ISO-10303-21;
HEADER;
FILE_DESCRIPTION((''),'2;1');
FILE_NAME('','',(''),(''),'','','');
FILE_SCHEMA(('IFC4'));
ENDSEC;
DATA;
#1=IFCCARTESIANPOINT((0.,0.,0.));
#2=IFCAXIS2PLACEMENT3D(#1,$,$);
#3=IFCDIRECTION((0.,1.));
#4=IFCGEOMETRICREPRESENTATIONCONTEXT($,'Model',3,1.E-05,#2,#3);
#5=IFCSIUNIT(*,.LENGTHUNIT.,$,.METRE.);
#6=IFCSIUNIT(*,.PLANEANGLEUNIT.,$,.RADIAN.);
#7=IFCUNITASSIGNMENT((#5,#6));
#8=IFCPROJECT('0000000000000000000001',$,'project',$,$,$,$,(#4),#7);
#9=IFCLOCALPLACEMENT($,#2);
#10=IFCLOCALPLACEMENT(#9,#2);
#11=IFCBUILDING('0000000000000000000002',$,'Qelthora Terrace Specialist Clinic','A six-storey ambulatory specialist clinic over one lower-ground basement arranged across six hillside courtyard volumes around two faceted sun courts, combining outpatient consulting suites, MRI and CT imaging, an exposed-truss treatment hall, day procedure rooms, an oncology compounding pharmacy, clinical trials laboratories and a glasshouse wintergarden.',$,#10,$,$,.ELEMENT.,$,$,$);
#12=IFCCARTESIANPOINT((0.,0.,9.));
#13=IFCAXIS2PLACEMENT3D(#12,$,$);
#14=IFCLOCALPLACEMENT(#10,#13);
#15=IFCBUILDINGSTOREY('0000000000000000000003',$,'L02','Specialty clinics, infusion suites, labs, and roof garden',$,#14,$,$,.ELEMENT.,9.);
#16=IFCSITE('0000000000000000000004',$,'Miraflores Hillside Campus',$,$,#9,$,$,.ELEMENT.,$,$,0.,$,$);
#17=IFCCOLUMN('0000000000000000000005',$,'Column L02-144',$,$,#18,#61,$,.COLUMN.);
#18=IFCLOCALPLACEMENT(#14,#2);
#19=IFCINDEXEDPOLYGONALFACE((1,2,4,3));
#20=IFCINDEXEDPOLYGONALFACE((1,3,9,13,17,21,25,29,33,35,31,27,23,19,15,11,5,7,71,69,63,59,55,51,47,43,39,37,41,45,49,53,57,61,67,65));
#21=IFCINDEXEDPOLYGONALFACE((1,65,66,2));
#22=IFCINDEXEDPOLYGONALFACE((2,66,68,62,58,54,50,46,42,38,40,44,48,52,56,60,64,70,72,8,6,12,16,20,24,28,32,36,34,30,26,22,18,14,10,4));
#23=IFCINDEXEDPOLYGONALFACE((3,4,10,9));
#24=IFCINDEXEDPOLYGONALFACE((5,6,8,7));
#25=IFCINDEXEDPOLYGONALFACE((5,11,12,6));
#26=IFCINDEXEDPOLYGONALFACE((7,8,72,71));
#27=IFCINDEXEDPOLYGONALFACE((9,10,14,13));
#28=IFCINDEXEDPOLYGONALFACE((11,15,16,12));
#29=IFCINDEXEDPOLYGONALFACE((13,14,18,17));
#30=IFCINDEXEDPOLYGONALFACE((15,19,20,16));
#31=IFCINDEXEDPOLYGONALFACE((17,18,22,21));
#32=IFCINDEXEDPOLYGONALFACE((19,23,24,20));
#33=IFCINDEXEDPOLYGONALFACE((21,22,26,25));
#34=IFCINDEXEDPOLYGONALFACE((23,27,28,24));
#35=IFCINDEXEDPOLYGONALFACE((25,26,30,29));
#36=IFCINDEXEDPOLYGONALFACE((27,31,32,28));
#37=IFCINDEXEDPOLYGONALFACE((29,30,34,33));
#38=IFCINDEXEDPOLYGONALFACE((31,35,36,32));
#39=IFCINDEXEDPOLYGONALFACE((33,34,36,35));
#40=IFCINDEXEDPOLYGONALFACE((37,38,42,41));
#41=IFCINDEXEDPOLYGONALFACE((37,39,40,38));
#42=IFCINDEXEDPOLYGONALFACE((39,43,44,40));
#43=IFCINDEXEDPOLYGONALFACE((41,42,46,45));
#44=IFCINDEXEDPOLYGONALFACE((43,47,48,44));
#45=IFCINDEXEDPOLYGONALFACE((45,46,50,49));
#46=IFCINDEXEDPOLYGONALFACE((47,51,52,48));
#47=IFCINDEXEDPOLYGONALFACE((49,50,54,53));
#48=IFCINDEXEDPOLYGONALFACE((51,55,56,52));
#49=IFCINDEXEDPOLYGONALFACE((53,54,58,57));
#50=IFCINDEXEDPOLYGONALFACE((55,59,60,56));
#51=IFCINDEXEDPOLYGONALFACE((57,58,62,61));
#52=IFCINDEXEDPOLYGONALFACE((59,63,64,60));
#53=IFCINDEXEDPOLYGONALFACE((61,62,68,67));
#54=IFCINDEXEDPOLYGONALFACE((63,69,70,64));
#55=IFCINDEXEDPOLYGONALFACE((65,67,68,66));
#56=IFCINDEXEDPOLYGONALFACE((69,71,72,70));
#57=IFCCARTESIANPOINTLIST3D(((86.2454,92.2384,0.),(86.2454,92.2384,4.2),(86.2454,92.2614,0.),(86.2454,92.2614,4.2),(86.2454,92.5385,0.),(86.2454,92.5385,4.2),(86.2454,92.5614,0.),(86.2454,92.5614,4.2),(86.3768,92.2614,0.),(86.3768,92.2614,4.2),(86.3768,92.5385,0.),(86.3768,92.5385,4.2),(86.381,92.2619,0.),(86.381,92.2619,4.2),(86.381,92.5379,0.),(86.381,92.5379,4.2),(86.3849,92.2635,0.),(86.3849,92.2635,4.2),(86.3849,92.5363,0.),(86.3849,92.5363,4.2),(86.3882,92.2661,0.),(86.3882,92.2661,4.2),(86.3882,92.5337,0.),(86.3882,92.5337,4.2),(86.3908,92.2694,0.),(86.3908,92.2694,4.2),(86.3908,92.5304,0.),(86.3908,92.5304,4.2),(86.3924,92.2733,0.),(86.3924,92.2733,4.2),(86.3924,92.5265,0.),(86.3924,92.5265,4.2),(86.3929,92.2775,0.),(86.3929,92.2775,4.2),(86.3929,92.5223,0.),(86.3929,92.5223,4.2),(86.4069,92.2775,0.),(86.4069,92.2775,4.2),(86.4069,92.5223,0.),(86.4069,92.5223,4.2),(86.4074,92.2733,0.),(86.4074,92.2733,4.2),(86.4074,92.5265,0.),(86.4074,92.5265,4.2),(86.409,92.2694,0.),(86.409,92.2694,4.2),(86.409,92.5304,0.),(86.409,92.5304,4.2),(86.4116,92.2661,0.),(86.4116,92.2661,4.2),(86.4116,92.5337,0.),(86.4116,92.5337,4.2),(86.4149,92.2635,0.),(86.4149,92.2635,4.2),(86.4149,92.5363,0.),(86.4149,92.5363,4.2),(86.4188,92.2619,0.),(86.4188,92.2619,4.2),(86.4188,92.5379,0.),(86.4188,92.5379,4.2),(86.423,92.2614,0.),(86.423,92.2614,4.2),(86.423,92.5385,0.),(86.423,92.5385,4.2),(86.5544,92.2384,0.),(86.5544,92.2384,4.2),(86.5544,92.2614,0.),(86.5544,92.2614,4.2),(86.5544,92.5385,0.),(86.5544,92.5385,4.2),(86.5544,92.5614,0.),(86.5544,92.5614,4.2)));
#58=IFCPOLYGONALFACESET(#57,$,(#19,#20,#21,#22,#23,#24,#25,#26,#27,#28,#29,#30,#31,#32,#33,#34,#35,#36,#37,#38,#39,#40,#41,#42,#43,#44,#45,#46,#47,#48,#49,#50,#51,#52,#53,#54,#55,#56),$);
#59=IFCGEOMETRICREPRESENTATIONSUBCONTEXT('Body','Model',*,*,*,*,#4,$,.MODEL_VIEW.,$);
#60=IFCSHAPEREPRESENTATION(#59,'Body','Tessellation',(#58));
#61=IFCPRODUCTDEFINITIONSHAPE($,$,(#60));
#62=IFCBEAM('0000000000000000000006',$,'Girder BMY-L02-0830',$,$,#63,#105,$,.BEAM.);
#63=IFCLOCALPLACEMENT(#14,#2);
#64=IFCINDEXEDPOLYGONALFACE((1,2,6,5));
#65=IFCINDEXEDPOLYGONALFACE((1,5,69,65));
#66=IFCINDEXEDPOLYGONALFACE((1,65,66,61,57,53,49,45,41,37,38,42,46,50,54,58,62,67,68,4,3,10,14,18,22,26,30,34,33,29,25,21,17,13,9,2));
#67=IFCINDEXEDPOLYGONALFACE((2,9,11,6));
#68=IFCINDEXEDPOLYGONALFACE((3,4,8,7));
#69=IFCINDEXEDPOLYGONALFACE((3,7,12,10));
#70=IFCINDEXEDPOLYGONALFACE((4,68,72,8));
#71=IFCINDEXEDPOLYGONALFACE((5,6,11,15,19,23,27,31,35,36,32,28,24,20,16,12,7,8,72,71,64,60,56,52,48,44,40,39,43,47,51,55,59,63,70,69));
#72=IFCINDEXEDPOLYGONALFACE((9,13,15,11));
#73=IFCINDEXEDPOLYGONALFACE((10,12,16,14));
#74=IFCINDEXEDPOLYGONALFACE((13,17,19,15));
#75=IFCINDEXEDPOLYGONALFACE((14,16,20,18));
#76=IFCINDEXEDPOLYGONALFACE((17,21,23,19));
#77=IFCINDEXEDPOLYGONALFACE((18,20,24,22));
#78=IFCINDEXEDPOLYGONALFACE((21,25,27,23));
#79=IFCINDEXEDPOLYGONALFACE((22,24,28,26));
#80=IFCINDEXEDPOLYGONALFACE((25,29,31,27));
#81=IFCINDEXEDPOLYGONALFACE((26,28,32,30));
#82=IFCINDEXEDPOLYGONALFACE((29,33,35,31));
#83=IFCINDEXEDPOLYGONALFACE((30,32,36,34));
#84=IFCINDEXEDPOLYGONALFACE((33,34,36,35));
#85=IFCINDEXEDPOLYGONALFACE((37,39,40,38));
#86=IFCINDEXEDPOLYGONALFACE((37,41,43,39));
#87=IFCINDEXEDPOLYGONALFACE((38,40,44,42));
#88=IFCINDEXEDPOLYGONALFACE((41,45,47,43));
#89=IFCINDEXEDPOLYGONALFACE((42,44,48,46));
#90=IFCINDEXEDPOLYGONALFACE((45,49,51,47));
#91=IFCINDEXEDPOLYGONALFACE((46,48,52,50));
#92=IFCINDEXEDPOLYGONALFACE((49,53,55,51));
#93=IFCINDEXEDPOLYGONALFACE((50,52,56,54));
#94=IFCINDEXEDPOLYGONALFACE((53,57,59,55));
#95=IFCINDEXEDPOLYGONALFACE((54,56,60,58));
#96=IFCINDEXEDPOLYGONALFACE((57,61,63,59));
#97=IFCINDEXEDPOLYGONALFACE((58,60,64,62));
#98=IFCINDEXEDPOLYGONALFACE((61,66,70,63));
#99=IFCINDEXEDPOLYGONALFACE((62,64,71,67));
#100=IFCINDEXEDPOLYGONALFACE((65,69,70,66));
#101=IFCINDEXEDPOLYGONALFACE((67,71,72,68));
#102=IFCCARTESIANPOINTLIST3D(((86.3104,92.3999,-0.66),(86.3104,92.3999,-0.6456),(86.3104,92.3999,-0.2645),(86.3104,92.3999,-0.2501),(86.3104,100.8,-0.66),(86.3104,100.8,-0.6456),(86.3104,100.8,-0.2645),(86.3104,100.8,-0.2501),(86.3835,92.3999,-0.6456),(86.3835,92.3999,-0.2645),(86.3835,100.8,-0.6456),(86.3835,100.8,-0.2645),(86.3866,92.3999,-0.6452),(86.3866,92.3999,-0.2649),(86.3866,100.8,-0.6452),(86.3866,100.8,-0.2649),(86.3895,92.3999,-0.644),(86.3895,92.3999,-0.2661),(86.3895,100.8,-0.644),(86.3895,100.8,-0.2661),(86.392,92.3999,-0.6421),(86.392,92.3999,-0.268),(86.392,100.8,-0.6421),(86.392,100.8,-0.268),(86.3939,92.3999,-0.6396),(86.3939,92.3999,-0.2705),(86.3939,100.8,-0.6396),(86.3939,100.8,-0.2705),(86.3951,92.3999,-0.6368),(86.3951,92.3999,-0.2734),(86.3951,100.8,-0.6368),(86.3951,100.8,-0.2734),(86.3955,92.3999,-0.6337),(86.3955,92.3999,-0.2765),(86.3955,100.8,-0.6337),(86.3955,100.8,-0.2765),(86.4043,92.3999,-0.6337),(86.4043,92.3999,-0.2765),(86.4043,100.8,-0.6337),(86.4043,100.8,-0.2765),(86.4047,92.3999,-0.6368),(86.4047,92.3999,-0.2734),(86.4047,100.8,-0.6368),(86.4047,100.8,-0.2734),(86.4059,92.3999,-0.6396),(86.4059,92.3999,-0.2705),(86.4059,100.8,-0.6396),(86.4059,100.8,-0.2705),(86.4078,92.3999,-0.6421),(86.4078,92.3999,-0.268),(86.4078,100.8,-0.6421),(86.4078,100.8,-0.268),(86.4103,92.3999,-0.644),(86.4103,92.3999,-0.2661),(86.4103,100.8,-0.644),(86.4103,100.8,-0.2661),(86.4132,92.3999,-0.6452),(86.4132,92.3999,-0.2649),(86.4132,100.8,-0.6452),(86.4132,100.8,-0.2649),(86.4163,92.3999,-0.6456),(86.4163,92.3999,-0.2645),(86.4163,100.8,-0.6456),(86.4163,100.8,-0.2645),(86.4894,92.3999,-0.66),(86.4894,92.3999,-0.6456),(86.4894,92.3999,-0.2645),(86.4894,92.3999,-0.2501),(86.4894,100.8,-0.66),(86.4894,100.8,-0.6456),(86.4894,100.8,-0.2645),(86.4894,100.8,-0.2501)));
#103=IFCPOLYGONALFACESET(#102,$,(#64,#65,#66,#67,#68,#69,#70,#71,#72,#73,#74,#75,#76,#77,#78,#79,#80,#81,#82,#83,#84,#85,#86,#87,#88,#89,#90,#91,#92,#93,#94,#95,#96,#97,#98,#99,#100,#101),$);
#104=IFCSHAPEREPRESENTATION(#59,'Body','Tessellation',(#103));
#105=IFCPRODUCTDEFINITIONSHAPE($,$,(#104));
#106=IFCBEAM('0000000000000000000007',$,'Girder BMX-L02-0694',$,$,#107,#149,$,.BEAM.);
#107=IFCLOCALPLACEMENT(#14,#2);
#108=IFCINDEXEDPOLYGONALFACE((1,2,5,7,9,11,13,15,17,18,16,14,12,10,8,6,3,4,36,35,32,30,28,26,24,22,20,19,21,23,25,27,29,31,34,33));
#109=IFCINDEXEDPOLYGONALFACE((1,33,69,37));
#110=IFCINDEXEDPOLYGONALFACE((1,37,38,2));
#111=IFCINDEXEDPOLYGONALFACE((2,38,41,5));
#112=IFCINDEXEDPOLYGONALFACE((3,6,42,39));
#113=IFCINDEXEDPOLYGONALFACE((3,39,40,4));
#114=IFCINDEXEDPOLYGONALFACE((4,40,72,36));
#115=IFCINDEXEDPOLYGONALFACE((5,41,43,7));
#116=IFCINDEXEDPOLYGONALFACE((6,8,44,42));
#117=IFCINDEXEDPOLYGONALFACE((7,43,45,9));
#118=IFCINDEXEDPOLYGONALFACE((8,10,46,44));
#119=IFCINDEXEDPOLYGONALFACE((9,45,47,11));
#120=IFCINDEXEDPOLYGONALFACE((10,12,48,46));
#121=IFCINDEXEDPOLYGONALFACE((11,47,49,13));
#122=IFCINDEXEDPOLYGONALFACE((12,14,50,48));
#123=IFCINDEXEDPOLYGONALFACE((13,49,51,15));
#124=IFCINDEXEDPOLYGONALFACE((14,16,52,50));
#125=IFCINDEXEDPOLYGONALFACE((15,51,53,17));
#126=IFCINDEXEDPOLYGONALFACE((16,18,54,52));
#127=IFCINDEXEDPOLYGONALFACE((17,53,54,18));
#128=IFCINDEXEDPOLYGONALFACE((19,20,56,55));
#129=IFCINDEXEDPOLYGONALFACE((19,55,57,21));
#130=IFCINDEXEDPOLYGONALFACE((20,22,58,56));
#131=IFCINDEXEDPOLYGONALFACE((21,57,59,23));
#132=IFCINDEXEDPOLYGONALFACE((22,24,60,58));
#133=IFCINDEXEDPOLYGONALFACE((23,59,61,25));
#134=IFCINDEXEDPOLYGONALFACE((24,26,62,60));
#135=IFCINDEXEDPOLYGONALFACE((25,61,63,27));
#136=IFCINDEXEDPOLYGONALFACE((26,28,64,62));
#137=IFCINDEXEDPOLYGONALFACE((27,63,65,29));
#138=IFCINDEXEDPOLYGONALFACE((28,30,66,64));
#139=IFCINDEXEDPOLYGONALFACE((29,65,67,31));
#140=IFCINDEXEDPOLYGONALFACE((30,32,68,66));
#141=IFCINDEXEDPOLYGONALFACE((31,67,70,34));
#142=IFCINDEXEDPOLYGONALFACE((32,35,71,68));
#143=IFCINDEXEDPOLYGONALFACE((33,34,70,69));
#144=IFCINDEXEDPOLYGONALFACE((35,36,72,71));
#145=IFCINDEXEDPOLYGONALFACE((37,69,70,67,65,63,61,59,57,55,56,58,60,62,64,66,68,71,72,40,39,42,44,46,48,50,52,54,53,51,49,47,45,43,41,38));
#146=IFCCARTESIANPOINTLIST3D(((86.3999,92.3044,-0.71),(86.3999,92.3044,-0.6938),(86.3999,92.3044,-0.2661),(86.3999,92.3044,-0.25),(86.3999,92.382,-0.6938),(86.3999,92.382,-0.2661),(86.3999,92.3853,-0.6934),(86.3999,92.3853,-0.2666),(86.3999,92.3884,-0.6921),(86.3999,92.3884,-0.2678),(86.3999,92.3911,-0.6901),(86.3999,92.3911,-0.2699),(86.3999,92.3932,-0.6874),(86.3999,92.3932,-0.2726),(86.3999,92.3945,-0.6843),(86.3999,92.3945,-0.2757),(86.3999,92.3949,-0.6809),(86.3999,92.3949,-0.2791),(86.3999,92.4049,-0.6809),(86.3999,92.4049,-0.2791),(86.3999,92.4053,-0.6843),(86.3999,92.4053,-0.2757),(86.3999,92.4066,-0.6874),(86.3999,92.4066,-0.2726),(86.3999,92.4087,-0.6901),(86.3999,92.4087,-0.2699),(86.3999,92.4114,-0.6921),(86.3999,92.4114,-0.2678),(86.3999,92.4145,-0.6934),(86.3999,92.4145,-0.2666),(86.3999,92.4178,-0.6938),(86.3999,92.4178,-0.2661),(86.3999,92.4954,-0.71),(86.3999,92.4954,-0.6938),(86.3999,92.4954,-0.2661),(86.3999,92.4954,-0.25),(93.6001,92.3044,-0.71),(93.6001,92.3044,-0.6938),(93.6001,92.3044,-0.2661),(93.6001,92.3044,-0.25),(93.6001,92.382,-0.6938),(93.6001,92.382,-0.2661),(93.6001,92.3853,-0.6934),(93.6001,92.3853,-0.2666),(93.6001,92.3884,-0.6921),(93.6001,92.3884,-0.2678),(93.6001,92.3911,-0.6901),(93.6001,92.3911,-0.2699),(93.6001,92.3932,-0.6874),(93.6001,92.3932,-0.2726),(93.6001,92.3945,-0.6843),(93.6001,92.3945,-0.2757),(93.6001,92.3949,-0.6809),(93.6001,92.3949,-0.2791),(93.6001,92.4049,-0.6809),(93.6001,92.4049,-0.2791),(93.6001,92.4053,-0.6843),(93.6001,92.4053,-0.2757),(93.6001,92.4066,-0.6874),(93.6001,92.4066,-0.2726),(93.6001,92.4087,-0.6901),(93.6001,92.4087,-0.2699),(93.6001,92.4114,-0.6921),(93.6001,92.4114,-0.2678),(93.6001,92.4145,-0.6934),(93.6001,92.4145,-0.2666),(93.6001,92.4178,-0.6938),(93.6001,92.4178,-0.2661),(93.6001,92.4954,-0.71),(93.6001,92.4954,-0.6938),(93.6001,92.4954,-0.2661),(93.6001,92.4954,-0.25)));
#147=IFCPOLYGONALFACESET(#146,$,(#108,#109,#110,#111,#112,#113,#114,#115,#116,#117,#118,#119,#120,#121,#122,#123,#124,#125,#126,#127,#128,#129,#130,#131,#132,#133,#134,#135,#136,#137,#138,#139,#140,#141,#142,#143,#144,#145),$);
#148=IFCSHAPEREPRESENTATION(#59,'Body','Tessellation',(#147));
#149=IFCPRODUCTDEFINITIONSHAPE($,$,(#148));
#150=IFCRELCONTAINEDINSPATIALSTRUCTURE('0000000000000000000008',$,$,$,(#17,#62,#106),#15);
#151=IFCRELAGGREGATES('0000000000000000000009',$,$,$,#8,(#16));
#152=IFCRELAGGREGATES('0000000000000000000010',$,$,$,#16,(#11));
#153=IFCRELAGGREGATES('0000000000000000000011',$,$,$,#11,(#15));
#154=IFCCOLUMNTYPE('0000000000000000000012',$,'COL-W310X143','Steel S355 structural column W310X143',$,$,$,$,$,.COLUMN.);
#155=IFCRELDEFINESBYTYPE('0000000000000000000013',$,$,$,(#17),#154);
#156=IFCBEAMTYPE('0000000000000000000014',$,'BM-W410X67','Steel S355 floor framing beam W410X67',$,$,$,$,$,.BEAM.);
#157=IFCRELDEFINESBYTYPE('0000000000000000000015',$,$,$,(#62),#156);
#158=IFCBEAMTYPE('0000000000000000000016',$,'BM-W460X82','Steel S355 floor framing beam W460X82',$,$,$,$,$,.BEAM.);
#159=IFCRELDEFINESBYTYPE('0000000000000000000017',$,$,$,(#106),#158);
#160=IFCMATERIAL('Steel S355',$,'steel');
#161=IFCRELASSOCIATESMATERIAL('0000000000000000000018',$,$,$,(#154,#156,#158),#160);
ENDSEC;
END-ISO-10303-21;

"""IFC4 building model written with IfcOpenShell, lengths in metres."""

from ifc_helpers import new_model, si_unit, direction, frame, origin, origin_2d, place, context, subcontext, project, spatial, i_section, extrude, material, material_profile, profile_set, type_object, element, save


model = new_model("IFC4")

# Units and contexts
model_context = context("Model", 3, precision=1e-05, world=origin(), true_north=direction((0.0, 1.0)))
body_context = subcontext(model_context, "Body", "Model", "MODEL_VIEW")
ifc_project = project(units=[si_unit("LENGTHUNIT", "METRE"), si_unit("PLANEANGLEUNIT", "RADIAN")], contexts=[model_context])

# Site, building, storey
site_placement = place(None, origin())
site = spatial("IfcSite", under=ifc_project, at=site_placement, Name="Miraflores Hillside Campus", CompositionType="ELEMENT", RefElevation=0.0)
building_placement = place(site_placement, origin())
building = spatial("IfcBuilding", under=site, at=building_placement, Name="Qelthora Terrace Specialist Clinic", Description="A six-storey ambulatory specialist clinic over one lower-ground basement arranged across six hillside courtyard volumes around two faceted sun courts, combining outpatient consulting suites, MRI and CT imaging, an exposed-truss treatment hall, day procedure rooms, an oncology compounding pharmacy, clinical trials laboratories and a glasshouse wintergarden.", CompositionType="ELEMENT")
storey_placement = place(building_placement, frame((0.0, 0.0, 9.0)))
storey = spatial("IfcBuildingStorey", under=building, at=storey_placement, Name="L02", Description="Specialty clinics, infusion suites, labs, and roof garden", CompositionType="ELEMENT", Elevation=9.0)

# Column
ifc_material_1 = material(Name="Steel S355", Category="steel")
ifc_material_profile_1 = material_profile(ifc_material_1, i_section(OverallWidth=0.3091, OverallDepth=0.323, WebThickness=0.0139, FlangeThickness=0.0229, FilletRadius=0.0161, at=origin_2d()), Name="W310X143")
ifc_profile_set_1 = profile_set([ifc_material_profile_1], Name="Steel S355")
column_type = type_object("IfcColumnType", Name="COL-W310X143", Description="Steel S355 structural column W310X143", PredefinedType="COLUMN", material=ifc_profile_set_1)
column_placement = place(storey_placement, frame((86.3999, 92.3999, 0.0), z_axis=(0.0, 0.0, 1.0), x_axis=(1.0, 0.0, 0.0)))
element("IfcColumn", 1, at=column_placement, inside=storey, type_object=column_type, Name="Column L02-144", PredefinedType="COLUMN", context=body_context, shape_type="SweptSolid", body=[
    extrude(i_section(OverallWidth=0.3091, OverallDepth=0.323, WebThickness=0.0139, FlangeThickness=0.0229, FilletRadius=0.0161, at=origin_2d()), origin(), (0.0, 0.0, 1.0), 4.2),
])

# Beams
ifc_material_profile_2 = material_profile(ifc_material_1, i_section(OverallWidth=0.179, OverallDepth=0.4099, WebThickness=0.0088, FlangeThickness=0.0144, FilletRadius=0.012, at=origin_2d()), Name="W410X67")
ifc_profile_set_2 = profile_set([ifc_material_profile_2], Name="Steel S355")
beam_type_1 = type_object("IfcBeamType", Name="BM-W410X67", Description="Steel S355 floor framing beam W410X67", PredefinedType="BEAM", material=ifc_profile_set_2)
beam_1_placement = place(storey_placement, frame((86.3999, 92.3999, -0.4551), z_axis=(0.0, 1.0, 0.0), x_axis=(-1.0, 0.0, 0.0)))
element("IfcBeam", 2, at=beam_1_placement, inside=storey, type_object=beam_type_1, Name="Girder BMY-L02-0830", PredefinedType="BEAM", context=body_context, shape_type="SweptSolid", body=[
    extrude(i_section(OverallWidth=0.179, OverallDepth=0.4099, WebThickness=0.0088, FlangeThickness=0.0144, FilletRadius=0.012, at=origin_2d()), origin(), (0.0, 0.0, 1.0), 8.4001),
])
ifc_material_profile_3 = material_profile(ifc_material_1, i_section(OverallWidth=0.1909, OverallDepth=0.46, WebThickness=0.01, FlangeThickness=0.0161, FilletRadius=0.0129, at=origin_2d()), Name="W460X82")
ifc_profile_set_3 = profile_set([ifc_material_profile_3], Name="Steel S355")
beam_type_2 = type_object("IfcBeamType", Name="BM-W460X82", Description="Steel S355 floor framing beam W460X82", PredefinedType="BEAM", material=ifc_profile_set_3)
beam_2_placement = place(storey_placement, frame((86.3999, 92.3999, -0.48), z_axis=(1.0, 0.0, 0.0), x_axis=(0.0, 1.0, 0.0)))
element("IfcBeam", 3, at=beam_2_placement, inside=storey, type_object=beam_type_2, Name="Girder BMX-L02-0694", PredefinedType="BEAM", context=body_context, shape_type="SweptSolid", body=[
    extrude(i_section(OverallWidth=0.1909, OverallDepth=0.46, WebThickness=0.01, FlangeThickness=0.0161, FilletRadius=0.0129, at=origin_2d()), origin(), (0.0, 0.0, 1.0), 7.2002),
])

save(model, "model.ifc")
